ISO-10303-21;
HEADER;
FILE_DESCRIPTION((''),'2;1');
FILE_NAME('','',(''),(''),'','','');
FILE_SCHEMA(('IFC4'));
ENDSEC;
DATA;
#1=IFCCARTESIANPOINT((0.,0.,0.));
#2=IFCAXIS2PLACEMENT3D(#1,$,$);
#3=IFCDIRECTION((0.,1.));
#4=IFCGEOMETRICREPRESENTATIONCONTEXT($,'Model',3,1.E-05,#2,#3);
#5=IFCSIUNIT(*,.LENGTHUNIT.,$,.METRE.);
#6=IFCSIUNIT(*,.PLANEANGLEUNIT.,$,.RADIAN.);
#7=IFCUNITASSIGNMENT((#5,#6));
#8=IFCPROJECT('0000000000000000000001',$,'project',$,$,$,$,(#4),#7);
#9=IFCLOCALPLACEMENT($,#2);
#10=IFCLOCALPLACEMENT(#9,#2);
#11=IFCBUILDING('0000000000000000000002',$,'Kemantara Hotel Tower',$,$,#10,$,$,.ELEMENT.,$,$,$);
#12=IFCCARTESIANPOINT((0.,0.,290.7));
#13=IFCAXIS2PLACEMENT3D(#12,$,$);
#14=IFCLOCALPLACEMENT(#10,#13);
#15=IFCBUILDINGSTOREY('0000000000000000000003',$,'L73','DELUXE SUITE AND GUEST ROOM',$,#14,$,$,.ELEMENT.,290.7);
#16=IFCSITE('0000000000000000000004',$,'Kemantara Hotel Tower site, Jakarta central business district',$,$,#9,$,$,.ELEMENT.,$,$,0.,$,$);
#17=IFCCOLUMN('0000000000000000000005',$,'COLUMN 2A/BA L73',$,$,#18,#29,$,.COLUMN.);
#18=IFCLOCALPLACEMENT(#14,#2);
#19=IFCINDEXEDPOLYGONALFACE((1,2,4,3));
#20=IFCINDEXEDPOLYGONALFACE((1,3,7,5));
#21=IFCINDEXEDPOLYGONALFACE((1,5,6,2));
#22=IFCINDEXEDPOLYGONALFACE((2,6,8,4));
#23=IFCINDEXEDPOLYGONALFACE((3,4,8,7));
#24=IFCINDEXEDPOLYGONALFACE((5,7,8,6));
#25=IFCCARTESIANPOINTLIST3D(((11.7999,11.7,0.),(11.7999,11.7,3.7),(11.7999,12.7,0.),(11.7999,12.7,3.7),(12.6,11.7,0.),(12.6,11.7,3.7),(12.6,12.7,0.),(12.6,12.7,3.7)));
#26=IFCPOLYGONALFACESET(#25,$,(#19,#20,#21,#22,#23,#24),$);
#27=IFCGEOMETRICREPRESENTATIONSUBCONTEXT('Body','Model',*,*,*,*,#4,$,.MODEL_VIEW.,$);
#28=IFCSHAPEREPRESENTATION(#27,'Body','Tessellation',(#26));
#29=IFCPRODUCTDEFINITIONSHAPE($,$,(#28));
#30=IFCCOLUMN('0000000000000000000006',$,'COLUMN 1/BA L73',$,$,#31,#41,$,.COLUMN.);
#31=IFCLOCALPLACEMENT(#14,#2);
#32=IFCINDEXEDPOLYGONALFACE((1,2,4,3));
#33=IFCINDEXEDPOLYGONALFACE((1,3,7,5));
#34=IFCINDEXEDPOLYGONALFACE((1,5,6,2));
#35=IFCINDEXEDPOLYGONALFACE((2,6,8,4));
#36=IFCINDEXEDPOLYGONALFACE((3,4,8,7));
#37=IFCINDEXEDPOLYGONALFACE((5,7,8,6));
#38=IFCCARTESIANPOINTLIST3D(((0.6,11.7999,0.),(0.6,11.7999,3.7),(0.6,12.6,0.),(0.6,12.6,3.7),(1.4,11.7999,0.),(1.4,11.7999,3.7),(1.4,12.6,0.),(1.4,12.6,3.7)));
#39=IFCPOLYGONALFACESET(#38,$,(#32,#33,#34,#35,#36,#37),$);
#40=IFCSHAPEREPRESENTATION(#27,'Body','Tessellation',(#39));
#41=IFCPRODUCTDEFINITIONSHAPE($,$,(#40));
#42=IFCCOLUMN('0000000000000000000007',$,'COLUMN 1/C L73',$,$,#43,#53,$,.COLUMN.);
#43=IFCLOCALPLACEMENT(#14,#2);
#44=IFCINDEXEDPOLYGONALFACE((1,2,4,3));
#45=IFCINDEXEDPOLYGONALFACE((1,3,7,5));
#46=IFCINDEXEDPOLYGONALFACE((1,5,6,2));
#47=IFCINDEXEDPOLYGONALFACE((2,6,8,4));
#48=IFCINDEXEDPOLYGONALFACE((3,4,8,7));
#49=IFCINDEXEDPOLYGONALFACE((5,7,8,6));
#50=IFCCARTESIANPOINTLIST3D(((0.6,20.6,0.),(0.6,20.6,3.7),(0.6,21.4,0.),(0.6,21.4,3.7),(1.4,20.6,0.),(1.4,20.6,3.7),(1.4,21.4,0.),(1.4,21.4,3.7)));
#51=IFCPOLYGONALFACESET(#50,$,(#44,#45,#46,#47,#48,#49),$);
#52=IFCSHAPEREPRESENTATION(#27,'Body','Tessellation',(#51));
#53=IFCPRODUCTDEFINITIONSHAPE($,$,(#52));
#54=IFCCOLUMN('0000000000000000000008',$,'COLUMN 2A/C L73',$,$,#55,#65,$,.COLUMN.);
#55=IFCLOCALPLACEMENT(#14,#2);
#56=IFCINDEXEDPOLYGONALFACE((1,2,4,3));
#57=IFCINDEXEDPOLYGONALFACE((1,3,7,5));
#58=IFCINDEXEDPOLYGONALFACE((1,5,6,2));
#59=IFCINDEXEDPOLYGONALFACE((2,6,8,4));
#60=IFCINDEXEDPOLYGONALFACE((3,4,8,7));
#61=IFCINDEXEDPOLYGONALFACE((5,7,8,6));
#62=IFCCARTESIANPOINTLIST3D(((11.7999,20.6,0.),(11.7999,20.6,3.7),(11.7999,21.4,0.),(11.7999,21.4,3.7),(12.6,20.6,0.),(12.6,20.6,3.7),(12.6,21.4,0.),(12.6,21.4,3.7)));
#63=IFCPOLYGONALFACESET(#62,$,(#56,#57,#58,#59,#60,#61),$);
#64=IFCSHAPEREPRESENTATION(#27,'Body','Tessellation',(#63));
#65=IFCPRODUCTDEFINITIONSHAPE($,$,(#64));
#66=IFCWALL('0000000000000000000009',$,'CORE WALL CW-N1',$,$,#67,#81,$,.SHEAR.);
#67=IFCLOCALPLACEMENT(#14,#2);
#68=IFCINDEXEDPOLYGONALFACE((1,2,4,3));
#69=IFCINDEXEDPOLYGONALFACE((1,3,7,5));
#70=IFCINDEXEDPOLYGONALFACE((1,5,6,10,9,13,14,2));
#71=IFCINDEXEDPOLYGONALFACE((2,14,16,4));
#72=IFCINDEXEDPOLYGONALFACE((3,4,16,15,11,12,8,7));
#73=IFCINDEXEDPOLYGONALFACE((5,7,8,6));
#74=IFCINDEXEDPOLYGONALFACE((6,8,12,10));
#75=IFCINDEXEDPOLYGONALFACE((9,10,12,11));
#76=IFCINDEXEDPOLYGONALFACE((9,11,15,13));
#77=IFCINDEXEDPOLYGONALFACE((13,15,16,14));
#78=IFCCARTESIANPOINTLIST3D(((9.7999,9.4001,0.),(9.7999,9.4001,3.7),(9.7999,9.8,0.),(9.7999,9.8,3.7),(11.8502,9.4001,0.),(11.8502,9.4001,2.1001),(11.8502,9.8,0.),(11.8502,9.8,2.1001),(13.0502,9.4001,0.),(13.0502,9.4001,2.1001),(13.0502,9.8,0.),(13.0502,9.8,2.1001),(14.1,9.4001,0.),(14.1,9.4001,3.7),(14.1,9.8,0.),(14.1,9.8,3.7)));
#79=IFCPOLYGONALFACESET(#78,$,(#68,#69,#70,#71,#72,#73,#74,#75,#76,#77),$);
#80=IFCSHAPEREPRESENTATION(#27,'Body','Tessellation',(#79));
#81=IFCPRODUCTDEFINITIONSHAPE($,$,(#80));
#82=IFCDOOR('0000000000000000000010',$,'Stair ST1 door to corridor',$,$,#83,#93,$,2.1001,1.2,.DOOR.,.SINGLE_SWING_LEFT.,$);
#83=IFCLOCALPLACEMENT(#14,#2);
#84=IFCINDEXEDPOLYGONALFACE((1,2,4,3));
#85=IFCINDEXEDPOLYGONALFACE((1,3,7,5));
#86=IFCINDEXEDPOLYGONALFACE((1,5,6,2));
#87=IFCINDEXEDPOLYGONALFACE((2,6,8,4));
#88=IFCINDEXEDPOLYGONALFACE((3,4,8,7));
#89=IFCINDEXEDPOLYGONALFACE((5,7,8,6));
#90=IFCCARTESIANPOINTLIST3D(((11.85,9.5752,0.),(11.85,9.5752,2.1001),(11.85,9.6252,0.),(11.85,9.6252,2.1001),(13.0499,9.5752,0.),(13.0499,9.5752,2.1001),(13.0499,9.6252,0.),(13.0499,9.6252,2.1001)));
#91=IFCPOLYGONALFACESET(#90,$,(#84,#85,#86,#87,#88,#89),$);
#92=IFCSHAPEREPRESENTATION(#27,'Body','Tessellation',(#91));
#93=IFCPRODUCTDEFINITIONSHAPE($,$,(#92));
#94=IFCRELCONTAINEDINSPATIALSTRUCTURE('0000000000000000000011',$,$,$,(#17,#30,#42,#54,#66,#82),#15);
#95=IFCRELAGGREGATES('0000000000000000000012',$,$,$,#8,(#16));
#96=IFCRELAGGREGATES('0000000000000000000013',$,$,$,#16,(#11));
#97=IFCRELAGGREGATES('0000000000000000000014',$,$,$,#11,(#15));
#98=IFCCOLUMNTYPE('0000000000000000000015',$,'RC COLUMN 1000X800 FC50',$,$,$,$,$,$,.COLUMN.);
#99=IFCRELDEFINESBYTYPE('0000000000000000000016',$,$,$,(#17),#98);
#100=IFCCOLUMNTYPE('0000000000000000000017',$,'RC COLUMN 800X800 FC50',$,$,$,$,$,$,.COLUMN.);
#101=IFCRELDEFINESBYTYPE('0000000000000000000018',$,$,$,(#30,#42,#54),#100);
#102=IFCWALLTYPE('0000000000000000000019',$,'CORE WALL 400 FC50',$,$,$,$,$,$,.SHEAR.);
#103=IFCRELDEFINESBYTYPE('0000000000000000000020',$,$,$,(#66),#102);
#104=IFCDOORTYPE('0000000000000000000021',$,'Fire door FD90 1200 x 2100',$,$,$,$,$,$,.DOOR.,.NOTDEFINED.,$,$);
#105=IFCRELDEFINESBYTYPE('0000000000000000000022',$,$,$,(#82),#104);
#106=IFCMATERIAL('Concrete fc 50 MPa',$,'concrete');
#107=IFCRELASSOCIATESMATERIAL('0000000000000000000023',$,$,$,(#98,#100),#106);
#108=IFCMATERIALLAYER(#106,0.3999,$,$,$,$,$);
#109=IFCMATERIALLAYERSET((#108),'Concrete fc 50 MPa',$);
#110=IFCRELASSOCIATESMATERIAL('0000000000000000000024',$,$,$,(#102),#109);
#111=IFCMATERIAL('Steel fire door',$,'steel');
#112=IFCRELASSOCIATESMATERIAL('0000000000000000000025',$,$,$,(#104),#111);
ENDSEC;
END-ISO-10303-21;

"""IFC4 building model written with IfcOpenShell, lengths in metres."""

from ifc_helpers import new_model, si_unit, direction, frame, frame_2d, origin, origin_2d, place, context, subcontext, project, spatial, rectangle, extrude, material, layer, layer_set, material_profile, profile_set, type_object, element, fill, save


model = new_model("IFC4")

# Units and contexts
model_context = context("Model", 3, precision=1e-05, world=origin(), true_north=direction((0.0, 1.0)))
body_context = subcontext(model_context, "Body", "Model", "MODEL_VIEW")
ifc_project = project(units=[si_unit("LENGTHUNIT", "METRE"), si_unit("PLANEANGLEUNIT", "RADIAN")], contexts=[model_context])

# Site, building, storey
site_placement = place(None, origin())
site = spatial("IfcSite", under=ifc_project, at=site_placement, Name="Kemantara Hotel Tower site, Jakarta central business district", CompositionType="ELEMENT", RefElevation=0.0)
building_placement = place(site_placement, origin())
building = spatial("IfcBuilding", under=site, at=building_placement, Name="Kemantara Hotel Tower", CompositionType="ELEMENT")
storey_placement = place(building_placement, frame((0.0, 0.0, 290.7)))
storey = spatial("IfcBuildingStorey", under=building, at=storey_placement, Name="L73", Description="DELUXE SUITE AND GUEST ROOM", CompositionType="ELEMENT", Elevation=290.7)

# Columns
ifc_material_1 = material(Name="Concrete fc 50 MPa", Category="concrete")
ifc_material_profile_1 = material_profile(ifc_material_1, rectangle(XDim=1.0, YDim=0.8, at=origin_2d()), Name="RC 1000X800")
ifc_profile_set_1 = profile_set([ifc_material_profile_1], Name="Concrete fc 50 MPa")
column_type_1 = type_object("IfcColumnType", Name="RC COLUMN 1000X800 FC50", PredefinedType="COLUMN", material=ifc_profile_set_1)
column_placement = place(storey_placement, frame((12.2, 12.2, 0.0), z_axis=(0.0, 0.0, 1.0), x_axis=(0.0, 1.0, 0.0)))
element("IfcColumn", 1, at=column_placement, inside=storey, type_object=column_type_1, Name="COLUMN 2A/BA L73", PredefinedType="COLUMN", context=body_context, shape_type="SweptSolid", body=[
    extrude(rectangle(XDim=1.0, YDim=0.8, at=origin_2d()), origin(), (0.0, 0.0, 1.0), 3.7),
])
ifc_material_profile_2 = material_profile(ifc_material_1, rectangle(XDim=0.8, YDim=0.8, at=origin_2d()), Name="RC 800X800")
ifc_profile_set_2 = profile_set([ifc_material_profile_2], Name="Concrete fc 50 MPa")
column_type_2 = type_object("IfcColumnType", Name="RC COLUMN 800X800 FC50", PredefinedType="COLUMN", material=ifc_profile_set_2)
for number, where, z_axis, x_axis, name in (
    (2, (1.0, 12.2, 0.0), (0.0, 0.0, 1.0), (1.0, 0.0, 0.0), "COLUMN 1/BA L73"),
    (3, (1.0, 21.0, 0.0), (0.0, 0.0, 1.0), (1.0, 0.0, 0.0), "COLUMN 1/C L73"),
    (4, (12.2, 21.0, 0.0), (0.0, 0.0, 1.0), (1.0, 0.0, 0.0), "COLUMN 2A/C L73"),
):
    element("IfcColumn", number, at=place(storey_placement, frame(where, z_axis=z_axis, x_axis=x_axis)), inside=storey, type_object=column_type_2, Name=name, PredefinedType="COLUMN", context=body_context, shape_type="SweptSolid", body=[
        extrude(rectangle(XDim=0.8, YDim=0.8, at=origin_2d()), origin(), (0.0, 0.0, 1.0), 3.7),
    ])

# Wall, opening, door
ifc_layer_1 = layer(ifc_material_1, 0.3999)
ifc_layer_set_1 = layer_set([ifc_layer_1], Name="Concrete fc 50 MPa")
wall_type_1 = type_object("IfcWallType", Name="CORE WALL 400 FC50", PredefinedType="SHEAR", material=ifc_layer_set_1)
wall_1_placement = place(storey_placement, frame((9.8, 9.6001, 0.0), z_axis=(0.0, 0.0, 1.0), x_axis=(1.0, 0.0, 0.0)))
wall_1 = element("IfcWall", 5, at=wall_1_placement, inside=storey, type_object=wall_type_1, Name="CORE WALL CW-N1", PredefinedType="SHEAR", context=body_context, shape_type="SweptSolid", body=[
    extrude(rectangle(XDim=4.3, YDim=0.3999, at=frame_2d((2.1499, 0.0))), origin(), (0.0, 0.0, 1.0), 3.7),
])
opening_1_placement = place(wall_1_placement, frame((2.05, 0.0, 0.0)))
opening_1 = element("IfcOpeningElement", 6, at=opening_1_placement, cuts=wall_1, PredefinedType="OPENING", context=body_context, shape_type="SweptSolid", body=[
    extrude(rectangle(XDim=1.2, YDim=2.1001, at=frame_2d((0.6001, 1.05))), frame((0.0, 0.21, 0.0), z_axis=(0.0, -1.0, 0.0), x_axis=(1.0, 0.0, 0.0)), (0.0, 0.0, 1.0), 0.4199),
])
ifc_material_2 = material(Name="Steel fire door", Category="steel")
door_type_1 = type_object("IfcDoorType", Name="Fire door FD90 1200 x 2100", OperationType="NOTDEFINED", PredefinedType="DOOR", material=ifc_material_2)
door_1_placement = place(opening_1_placement, frame((1.2, 0.0, 0.0), z_axis=(0.0, 0.0, 1.0), x_axis=(-1.0, 0.0, 0.0)))
door_1 = element("IfcDoor", 7, at=door_1_placement, inside=storey, type_object=door_type_1, Name="Stair ST1 door to corridor", OperationType="SINGLE_SWING_LEFT", OverallHeight=2.1001, OverallWidth=1.2, PredefinedType="DOOR", context=body_context, shape_type="SweptSolid", body=[
    extrude(rectangle(XDim=1.2, YDim=2.1001, at=frame_2d((0.6001, 1.05))), frame((0.0, 0.0249, 0.0), z_axis=(0.0, -1.0, 0.0), x_axis=(1.0, 0.0, 0.0)), (0.0, 0.0, 1.0), 0.05),
])
fill(opening_1, door_1)

save(model, "model.ifc")
